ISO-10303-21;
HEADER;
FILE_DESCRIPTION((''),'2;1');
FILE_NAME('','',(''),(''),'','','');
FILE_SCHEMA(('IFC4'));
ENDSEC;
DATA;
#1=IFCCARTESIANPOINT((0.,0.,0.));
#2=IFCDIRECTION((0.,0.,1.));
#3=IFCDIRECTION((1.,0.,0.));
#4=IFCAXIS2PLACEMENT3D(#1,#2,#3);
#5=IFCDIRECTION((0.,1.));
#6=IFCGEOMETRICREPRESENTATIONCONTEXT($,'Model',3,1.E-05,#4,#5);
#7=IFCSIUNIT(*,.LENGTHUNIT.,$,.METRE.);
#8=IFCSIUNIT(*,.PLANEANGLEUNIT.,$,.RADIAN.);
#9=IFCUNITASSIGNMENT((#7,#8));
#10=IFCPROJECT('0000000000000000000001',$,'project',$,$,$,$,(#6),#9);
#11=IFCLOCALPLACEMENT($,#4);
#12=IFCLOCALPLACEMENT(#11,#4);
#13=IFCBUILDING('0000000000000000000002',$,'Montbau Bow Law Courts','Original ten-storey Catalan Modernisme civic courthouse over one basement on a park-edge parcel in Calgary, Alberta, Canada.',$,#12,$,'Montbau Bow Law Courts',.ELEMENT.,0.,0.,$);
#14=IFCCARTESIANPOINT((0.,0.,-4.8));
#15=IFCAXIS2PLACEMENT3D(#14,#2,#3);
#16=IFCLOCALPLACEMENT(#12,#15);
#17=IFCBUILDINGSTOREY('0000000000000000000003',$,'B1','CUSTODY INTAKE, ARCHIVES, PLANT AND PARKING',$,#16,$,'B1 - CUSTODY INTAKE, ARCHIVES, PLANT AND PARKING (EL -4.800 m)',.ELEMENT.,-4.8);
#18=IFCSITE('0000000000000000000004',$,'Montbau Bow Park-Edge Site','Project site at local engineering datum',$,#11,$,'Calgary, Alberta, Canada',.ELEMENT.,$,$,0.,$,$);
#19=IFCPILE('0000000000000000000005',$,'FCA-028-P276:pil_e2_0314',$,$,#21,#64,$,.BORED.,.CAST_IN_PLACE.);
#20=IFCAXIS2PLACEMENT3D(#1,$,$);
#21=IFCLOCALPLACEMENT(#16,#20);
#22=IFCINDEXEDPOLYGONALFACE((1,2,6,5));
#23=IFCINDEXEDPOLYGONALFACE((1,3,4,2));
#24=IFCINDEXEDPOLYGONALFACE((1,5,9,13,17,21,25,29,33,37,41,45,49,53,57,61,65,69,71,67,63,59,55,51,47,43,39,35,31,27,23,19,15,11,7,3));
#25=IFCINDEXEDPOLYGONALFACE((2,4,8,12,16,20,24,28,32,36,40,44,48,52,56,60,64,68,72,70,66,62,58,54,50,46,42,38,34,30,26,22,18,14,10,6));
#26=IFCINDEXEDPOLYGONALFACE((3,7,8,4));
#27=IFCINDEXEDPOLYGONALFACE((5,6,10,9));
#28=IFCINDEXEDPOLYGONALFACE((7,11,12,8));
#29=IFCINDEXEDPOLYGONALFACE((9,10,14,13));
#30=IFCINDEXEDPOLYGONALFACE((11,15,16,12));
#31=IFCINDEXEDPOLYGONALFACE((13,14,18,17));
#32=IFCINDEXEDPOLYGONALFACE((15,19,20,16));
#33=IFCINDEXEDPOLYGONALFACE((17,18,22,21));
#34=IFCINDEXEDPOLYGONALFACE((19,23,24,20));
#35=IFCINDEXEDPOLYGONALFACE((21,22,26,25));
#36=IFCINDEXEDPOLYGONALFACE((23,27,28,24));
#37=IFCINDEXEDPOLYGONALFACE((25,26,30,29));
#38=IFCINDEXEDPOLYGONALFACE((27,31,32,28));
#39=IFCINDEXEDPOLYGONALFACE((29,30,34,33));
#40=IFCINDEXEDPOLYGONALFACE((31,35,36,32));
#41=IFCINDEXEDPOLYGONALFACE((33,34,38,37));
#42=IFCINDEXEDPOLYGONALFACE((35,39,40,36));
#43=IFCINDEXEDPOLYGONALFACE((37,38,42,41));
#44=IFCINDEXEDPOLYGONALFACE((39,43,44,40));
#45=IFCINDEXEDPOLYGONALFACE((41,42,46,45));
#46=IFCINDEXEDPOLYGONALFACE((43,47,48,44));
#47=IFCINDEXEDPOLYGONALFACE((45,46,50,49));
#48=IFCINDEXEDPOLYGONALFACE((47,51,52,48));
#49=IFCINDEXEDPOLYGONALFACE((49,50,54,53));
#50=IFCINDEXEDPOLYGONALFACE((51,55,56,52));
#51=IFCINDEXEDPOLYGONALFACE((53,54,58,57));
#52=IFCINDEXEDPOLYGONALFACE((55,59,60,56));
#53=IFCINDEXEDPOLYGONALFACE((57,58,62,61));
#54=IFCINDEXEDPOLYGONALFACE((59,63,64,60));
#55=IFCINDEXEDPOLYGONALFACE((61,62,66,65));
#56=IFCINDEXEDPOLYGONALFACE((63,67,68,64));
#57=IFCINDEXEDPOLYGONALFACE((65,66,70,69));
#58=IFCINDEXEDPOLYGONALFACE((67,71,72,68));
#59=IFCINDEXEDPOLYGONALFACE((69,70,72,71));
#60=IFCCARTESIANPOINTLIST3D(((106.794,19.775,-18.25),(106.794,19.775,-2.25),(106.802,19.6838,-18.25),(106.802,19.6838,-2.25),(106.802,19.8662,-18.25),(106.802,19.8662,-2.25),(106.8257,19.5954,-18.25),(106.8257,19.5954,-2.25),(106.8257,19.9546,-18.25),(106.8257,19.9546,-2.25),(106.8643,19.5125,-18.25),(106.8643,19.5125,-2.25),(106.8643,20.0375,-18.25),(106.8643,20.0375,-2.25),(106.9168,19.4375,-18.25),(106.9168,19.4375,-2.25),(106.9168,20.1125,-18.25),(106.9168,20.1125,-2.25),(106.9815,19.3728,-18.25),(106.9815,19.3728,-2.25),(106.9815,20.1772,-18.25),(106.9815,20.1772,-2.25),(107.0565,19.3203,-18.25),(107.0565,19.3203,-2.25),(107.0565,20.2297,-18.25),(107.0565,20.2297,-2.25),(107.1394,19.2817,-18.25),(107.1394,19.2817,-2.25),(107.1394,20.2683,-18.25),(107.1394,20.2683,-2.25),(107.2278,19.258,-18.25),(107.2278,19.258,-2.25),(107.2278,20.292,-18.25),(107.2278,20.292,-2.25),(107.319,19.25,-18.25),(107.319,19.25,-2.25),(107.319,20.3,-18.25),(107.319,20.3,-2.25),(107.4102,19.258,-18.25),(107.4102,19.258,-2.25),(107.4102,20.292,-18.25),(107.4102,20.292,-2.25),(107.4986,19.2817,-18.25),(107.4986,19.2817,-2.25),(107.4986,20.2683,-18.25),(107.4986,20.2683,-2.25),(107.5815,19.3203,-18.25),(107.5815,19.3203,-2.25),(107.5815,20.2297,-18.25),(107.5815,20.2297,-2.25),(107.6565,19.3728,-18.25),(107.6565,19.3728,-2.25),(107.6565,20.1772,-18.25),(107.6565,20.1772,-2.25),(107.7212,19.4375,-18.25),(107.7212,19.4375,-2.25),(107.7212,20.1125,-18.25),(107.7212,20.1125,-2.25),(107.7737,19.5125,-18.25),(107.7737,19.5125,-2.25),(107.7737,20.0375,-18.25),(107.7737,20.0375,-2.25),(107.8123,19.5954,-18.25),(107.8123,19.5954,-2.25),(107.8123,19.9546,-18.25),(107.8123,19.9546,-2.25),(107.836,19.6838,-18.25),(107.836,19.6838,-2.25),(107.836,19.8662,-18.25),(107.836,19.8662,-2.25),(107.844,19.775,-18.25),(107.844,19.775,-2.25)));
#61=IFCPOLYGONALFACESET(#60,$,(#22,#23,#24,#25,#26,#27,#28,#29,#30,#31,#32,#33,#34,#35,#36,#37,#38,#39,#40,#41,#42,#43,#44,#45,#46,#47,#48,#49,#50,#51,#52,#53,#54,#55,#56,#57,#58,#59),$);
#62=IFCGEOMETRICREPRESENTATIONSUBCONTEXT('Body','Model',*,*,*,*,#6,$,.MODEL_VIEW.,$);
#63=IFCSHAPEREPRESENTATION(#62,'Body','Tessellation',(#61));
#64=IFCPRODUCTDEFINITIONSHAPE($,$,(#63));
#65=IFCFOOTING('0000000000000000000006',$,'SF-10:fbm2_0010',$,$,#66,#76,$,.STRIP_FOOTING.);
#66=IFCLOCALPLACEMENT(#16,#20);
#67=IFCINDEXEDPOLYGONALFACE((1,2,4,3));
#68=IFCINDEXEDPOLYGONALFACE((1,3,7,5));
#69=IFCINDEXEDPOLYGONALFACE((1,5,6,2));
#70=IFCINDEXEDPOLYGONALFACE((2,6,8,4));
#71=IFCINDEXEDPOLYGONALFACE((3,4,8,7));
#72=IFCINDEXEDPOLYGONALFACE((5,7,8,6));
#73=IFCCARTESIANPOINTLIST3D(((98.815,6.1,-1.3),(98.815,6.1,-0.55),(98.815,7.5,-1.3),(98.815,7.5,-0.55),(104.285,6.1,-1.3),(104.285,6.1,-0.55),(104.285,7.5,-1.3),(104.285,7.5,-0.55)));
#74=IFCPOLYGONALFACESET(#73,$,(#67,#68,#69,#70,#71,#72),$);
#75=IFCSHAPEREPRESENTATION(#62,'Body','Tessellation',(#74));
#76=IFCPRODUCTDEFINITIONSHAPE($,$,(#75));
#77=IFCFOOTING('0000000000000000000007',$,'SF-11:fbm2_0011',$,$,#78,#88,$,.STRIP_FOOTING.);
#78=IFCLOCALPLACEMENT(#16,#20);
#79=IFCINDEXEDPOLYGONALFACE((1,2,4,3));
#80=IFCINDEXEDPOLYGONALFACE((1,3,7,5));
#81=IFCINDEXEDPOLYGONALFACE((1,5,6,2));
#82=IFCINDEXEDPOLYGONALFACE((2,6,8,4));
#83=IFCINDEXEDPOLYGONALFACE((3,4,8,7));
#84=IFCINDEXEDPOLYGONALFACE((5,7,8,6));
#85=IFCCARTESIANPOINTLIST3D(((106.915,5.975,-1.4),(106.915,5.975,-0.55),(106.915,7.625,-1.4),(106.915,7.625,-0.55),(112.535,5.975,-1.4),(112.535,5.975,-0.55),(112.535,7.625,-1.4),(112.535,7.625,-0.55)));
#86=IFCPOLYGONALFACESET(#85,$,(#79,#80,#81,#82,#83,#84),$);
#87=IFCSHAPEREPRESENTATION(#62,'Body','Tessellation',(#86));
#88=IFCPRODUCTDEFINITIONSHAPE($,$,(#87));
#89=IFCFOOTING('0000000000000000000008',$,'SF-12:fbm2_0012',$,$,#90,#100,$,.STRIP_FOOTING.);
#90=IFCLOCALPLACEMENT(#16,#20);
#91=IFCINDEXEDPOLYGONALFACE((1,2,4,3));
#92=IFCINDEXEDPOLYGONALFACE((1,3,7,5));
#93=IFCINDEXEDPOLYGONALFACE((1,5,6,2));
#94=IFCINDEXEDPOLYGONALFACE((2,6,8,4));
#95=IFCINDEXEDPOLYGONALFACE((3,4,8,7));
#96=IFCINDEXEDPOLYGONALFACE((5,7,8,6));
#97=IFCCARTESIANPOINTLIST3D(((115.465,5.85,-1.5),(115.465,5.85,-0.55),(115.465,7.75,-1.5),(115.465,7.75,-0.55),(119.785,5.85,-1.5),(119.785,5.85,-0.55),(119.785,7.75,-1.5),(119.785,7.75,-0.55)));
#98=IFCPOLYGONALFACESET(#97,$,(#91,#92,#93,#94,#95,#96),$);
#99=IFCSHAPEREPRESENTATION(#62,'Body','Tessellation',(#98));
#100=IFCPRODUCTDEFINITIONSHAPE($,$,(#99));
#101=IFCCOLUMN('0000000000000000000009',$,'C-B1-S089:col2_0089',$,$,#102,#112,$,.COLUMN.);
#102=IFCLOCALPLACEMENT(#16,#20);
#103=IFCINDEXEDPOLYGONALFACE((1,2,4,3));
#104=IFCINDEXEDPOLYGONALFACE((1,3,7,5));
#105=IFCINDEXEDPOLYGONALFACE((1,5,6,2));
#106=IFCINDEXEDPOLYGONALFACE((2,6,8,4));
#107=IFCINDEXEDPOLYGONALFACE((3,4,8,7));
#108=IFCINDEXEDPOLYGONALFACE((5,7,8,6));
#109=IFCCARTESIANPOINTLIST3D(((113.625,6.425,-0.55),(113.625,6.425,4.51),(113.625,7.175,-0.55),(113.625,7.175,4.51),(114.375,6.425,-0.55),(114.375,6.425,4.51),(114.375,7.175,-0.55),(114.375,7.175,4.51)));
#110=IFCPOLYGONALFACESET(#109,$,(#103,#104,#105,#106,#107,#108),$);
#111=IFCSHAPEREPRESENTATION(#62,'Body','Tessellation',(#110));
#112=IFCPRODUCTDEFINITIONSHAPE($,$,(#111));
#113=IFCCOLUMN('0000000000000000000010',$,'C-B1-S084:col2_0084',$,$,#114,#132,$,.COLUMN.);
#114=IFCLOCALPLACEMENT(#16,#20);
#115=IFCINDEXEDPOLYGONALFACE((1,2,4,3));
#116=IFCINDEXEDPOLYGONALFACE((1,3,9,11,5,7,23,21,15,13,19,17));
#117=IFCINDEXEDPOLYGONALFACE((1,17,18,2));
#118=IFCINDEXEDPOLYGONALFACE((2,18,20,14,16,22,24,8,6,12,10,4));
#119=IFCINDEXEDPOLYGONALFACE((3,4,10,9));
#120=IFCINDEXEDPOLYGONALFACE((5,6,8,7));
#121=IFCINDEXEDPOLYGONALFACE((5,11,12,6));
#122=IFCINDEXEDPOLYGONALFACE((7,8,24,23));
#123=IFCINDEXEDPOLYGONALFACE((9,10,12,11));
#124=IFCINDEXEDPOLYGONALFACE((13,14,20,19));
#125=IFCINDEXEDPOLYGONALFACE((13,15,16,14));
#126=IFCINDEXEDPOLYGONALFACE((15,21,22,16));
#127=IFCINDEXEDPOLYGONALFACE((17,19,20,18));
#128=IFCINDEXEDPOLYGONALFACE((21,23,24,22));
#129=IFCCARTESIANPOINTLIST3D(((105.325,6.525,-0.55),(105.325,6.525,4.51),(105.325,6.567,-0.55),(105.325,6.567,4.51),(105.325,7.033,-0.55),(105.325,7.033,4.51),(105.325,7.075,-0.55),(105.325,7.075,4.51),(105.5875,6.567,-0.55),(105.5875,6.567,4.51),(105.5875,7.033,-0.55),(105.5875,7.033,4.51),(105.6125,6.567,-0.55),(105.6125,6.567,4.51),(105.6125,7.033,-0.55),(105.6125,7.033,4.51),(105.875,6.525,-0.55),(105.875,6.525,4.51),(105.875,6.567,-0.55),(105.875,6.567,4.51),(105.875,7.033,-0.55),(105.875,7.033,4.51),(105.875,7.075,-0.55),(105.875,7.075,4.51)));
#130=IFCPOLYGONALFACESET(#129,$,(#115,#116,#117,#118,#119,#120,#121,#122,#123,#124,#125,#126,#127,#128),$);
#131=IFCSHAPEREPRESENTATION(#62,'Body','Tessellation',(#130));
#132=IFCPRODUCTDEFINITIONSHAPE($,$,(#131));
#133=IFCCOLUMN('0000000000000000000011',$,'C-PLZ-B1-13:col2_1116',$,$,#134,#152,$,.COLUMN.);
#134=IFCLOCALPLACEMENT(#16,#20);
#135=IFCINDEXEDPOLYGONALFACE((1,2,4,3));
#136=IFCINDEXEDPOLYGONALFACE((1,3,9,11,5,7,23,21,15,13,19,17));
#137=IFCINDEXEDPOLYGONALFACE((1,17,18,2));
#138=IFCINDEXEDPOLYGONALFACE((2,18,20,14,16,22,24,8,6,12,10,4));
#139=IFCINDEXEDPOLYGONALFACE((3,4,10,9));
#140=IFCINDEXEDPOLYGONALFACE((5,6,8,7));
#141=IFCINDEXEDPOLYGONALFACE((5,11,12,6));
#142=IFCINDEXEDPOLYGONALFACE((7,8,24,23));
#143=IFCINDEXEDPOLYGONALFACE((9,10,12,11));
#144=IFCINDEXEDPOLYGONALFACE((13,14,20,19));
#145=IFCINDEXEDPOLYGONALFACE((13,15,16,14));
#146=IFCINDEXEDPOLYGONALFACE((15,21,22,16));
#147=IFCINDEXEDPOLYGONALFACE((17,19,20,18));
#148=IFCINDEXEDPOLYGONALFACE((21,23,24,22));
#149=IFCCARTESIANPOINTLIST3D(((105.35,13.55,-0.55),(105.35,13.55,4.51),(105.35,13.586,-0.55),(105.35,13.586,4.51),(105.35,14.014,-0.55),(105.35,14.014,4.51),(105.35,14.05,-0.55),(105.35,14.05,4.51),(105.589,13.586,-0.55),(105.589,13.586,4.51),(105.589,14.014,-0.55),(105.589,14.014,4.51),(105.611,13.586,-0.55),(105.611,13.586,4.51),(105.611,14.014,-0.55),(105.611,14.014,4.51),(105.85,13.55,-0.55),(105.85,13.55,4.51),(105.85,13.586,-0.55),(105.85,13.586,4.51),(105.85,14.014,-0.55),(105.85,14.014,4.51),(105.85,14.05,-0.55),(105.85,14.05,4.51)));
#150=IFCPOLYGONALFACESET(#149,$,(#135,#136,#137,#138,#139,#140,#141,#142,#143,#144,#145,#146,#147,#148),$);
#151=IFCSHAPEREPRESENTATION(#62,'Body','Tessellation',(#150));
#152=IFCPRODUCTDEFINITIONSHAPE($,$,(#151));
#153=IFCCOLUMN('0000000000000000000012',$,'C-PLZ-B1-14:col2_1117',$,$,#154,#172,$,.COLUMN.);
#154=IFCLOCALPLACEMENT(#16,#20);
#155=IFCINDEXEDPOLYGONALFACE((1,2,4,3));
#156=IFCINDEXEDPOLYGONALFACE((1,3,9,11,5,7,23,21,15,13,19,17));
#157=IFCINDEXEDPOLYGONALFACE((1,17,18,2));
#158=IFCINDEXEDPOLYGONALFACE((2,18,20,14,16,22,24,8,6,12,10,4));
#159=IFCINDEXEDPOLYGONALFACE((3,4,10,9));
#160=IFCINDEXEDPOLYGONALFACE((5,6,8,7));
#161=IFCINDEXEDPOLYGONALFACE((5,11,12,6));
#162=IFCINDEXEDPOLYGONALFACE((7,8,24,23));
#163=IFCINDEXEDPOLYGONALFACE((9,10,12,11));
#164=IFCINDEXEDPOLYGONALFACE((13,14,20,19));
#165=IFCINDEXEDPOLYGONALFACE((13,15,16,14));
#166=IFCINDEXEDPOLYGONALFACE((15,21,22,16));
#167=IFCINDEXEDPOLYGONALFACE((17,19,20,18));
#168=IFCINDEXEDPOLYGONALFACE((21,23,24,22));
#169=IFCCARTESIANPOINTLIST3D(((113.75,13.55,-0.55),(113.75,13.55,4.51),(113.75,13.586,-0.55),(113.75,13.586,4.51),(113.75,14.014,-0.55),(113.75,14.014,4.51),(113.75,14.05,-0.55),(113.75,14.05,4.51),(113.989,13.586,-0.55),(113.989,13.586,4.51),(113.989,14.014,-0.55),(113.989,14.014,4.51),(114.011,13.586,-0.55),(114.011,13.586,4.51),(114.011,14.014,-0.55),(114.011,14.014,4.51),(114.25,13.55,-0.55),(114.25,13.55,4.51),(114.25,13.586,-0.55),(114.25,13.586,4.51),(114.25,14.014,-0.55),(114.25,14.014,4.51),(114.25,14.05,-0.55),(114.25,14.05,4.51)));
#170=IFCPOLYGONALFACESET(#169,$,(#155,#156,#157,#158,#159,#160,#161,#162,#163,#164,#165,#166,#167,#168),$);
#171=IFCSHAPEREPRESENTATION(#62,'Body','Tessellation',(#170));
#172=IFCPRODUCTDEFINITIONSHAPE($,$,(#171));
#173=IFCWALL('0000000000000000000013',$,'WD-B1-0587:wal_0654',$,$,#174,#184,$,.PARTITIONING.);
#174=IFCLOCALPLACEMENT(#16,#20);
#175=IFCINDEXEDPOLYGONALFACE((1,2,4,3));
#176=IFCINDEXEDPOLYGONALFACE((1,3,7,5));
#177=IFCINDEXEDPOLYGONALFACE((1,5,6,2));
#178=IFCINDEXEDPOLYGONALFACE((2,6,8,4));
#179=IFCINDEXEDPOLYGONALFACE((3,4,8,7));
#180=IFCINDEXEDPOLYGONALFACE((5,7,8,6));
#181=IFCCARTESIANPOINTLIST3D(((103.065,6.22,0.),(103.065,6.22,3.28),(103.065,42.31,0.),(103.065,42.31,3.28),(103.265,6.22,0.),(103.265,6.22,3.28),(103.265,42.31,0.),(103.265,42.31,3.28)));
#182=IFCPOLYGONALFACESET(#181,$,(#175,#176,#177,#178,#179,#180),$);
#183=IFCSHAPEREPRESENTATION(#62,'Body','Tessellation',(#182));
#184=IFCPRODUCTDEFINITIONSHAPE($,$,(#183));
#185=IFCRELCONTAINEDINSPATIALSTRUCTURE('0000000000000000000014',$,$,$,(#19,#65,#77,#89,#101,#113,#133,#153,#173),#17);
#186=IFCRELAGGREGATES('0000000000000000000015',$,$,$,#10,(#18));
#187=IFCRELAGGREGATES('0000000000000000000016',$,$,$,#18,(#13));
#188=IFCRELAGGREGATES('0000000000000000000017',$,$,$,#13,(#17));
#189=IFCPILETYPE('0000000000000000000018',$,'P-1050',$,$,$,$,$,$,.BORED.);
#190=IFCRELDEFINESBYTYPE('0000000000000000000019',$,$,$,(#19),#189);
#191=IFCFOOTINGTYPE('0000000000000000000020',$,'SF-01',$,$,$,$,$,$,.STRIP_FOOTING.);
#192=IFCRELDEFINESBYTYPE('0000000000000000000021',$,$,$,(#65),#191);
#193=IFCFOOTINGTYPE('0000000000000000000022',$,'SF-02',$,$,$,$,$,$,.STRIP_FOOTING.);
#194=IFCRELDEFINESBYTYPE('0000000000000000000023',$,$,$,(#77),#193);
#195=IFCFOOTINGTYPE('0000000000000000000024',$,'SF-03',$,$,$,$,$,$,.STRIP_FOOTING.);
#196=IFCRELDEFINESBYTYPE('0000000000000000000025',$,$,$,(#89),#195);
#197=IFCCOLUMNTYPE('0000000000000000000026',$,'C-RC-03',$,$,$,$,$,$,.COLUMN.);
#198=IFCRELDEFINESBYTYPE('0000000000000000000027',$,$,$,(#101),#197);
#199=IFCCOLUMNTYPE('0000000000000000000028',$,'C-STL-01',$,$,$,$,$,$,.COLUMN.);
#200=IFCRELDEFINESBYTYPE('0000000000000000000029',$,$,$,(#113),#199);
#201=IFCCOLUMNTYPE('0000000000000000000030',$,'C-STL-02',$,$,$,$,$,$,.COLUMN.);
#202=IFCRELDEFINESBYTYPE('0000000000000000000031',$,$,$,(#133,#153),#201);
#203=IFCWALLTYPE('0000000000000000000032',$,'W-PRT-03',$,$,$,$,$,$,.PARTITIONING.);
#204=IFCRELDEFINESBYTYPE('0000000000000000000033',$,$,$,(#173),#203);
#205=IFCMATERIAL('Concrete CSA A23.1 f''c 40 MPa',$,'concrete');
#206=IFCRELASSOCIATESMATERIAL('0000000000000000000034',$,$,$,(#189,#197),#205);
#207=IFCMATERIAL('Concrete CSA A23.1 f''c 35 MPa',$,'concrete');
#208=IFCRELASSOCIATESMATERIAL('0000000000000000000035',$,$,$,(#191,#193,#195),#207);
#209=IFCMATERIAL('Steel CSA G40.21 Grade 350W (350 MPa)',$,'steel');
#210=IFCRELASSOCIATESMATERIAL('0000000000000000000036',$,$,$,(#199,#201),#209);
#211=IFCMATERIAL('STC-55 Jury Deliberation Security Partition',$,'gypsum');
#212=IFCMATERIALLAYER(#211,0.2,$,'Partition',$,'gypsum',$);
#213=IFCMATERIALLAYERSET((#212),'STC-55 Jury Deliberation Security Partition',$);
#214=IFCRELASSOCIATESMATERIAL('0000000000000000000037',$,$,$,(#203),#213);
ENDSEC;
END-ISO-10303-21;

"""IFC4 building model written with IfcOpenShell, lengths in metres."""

from ifc_helpers import new_model, si_unit, direction, frame, frame_2d, origin_with_axes, origin_2d_with_axis, place, context, subcontext, project, spatial, rectangle, circle, i_section, extrude, material, layer, layer_set, material_profile, profile_set, type_object, element, save


model = new_model("IFC4")

# Units and contexts
model_context = context("Model", 3, precision=1e-05, world=origin_with_axes(), true_north=direction((0.0, 1.0)))
body_context = subcontext(model_context, "Body", "Model", "MODEL_VIEW")
ifc_project = project(units=[si_unit("LENGTHUNIT", "METRE"), si_unit("PLANEANGLEUNIT", "RADIAN")], contexts=[model_context])

# Site, building, storey
site_placement = place(None, origin_with_axes())
site = spatial("IfcSite", under=ifc_project, at=site_placement, Name="Montbau Bow Park-Edge Site", Description="Project site at local engineering datum", LongName="Calgary, Alberta, Canada", CompositionType="ELEMENT", RefElevation=0.0)
building_placement = place(site_placement, origin_with_axes())
building = spatial("IfcBuilding", under=site, at=building_placement, Name="Montbau Bow Law Courts", Description="Original ten-storey Catalan Modernisme civic courthouse over one basement on a park-edge parcel in Calgary, Alberta, Canada.", LongName="Montbau Bow Law Courts", CompositionType="ELEMENT", ElevationOfRefHeight=0.0, ElevationOfTerrain=0.0)
storey_placement = place(building_placement, frame((0.0, 0.0, -4.8), z_axis=(0.0, 0.0, 1.0), x_axis=(1.0, 0.0, 0.0)))
storey = spatial("IfcBuildingStorey", under=building, at=storey_placement, Name="B1", Description="CUSTODY INTAKE, ARCHIVES, PLANT AND PARKING", LongName="B1 - CUSTODY INTAKE, ARCHIVES, PLANT AND PARKING (EL -4.800 m)", CompositionType="ELEMENT", Elevation=-4.8)

# Shared definitions
ifc_material_1 = material(Name="Concrete CSA A23.1 f'c 35 MPa", Category="concrete")

# Pile
ifc_material_2 = material(Name="Concrete CSA A23.1 f'c 40 MPa", Category="concrete")
ifc_material_profile_1 = material_profile(ifc_material_2, circle(Radius=0.525, at=origin_2d_with_axis()), Name="BP1050", Category="Main", Priority=0)
ifc_profile_set_1 = profile_set([ifc_material_profile_1], Name="Concrete CSA A23.1 f'c 40 MPa")
pile_type_1 = type_object("IfcPileType", Name="P-1050", PredefinedType="BORED", material=ifc_profile_set_1)
for number, where, z_axis, x_axis, name in (
    (1, (107.319, 19.775, -23.05), (0.0, 0.0, 1.0), (1.0, 0.0, 0.0), "FCA-028-P276:pil_e2_0314"),
):
    element("IfcPile", number, at=place(None, frame(where, z_axis=z_axis, x_axis=x_axis)), inside=storey, type_object=pile_type_1, Name=name, ConstructionType="CAST_IN_PLACE", PredefinedType="BORED", context=body_context, shape_type="SweptSolid", body=[
        extrude(circle(Radius=0.525, at=origin_2d_with_axis()), origin_with_axes(), (0.0, 0.0, 1.0), 16.0),
    ])

# Footings
footing_type_1 = type_object("IfcFootingType", Name="SF-01", PredefinedType="STRIP_FOOTING", material=ifc_material_1)
footing_1_placement = place(None, frame((101.55, 6.8, -6.1), z_axis=(0.0, 0.0, 1.0), x_axis=(1.0, 0.0, 0.0)))
element("IfcFooting", 2, at=footing_1_placement, inside=storey, type_object=footing_type_1, Name="SF-10:fbm2_0010", PredefinedType="STRIP_FOOTING", context=body_context, shape_type="SweptSolid", body=[
    extrude(rectangle(XDim=5.47, YDim=1.4, at=origin_2d_with_axis()), origin_with_axes(), (0.0, 0.0, 1.0), 0.75),
])
footing_type_2 = type_object("IfcFootingType", Name="SF-02", PredefinedType="STRIP_FOOTING", material=ifc_material_1)
footing_2_placement = place(None, frame((109.725, 6.8, -6.2), z_axis=(0.0, 0.0, 1.0), x_axis=(1.0, 0.0, 0.0)))
element("IfcFooting", 3, at=footing_2_placement, inside=storey, type_object=footing_type_2, Name="SF-11:fbm2_0011", PredefinedType="STRIP_FOOTING", context=body_context, shape_type="SweptSolid", body=[
    extrude(rectangle(XDim=5.62, YDim=1.65, at=origin_2d_with_axis()), origin_with_axes(), (0.0, 0.0, 1.0), 0.85),
])
footing_type_3 = type_object("IfcFootingType", Name="SF-03", PredefinedType="STRIP_FOOTING", material=ifc_material_1)
footing_3_placement = place(None, frame((117.625, 6.8, -6.3), z_axis=(0.0, 0.0, 1.0), x_axis=(1.0, 0.0, 0.0)))
element("IfcFooting", 4, at=footing_3_placement, inside=storey, type_object=footing_type_3, Name="SF-12:fbm2_0012", PredefinedType="STRIP_FOOTING", context=body_context, shape_type="SweptSolid", body=[
    extrude(rectangle(XDim=4.32, YDim=1.9, at=origin_2d_with_axis()), origin_with_axes(), (0.0, 0.0, 1.0), 0.95),
])

# Columns
ifc_material_profile_2 = material_profile(ifc_material_2, rectangle(XDim=0.75, YDim=0.75, at=origin_2d_with_axis()), Name="RC750X750", Category="Main", Priority=0)
ifc_profile_set_2 = profile_set([ifc_material_profile_2], Name="Concrete CSA A23.1 f'c 40 MPa")
column_type_1 = type_object("IfcColumnType", Name="C-RC-03", PredefinedType="COLUMN", material=ifc_profile_set_2)
column_1_placement = place(None, frame((114.0, 6.8, -5.35), z_axis=(0.0, 0.0, 1.0), x_axis=(1.0, 0.0, 0.0)))
element("IfcColumn", 5, at=column_1_placement, inside=storey, type_object=column_type_1, Name="C-B1-S089:col2_0089", PredefinedType="COLUMN", context=body_context, shape_type="SweptSolid", body=[
    extrude(rectangle(XDim=0.75, YDim=0.75, at=origin_2d_with_axis()), origin_with_axes(), (0.0, 0.0, 1.0), 5.06),
])
ifc_material_3 = material(Name="Steel CSA G40.21 Grade 350W (350 MPa)", Category="steel")
ifc_material_profile_3 = material_profile(ifc_material_3, i_section(OverallWidth=0.55, OverallDepth=0.55, WebThickness=0.025, FlangeThickness=0.042, at=origin_2d_with_axis()), Name="WWF550X420", Category="Main", Priority=0)
ifc_profile_set_3 = profile_set([ifc_material_profile_3], Name="Steel CSA G40.21 Grade 350W (350 MPa)")
column_type_2 = type_object("IfcColumnType", Name="C-STL-01", PredefinedType="COLUMN", material=ifc_profile_set_3)
column_2_placement = place(None, frame((105.6, 6.8, -5.35), z_axis=(0.0, 0.0, 1.0), x_axis=(1.0, 0.0, 0.0)))
element("IfcColumn", 6, at=column_2_placement, inside=storey, type_object=column_type_2, Name="C-B1-S084:col2_0084", PredefinedType="COLUMN", context=body_context, shape_type="SweptSolid", body=[
    extrude(i_section(OverallWidth=0.55, OverallDepth=0.55, WebThickness=0.025, FlangeThickness=0.042, at=origin_2d_with_axis()), origin_with_axes(), (0.0, 0.0, 1.0), 5.06),
])
ifc_material_profile_4 = material_profile(ifc_material_3, i_section(OverallWidth=0.5, OverallDepth=0.5, WebThickness=0.022, FlangeThickness=0.036, at=origin_2d_with_axis()), Name="WWF500X343", Category="Main", Priority=0)
ifc_profile_set_4 = profile_set([ifc_material_profile_4], Name="Steel CSA G40.21 Grade 350W (350 MPa)")
column_type_3 = type_object("IfcColumnType", Name="C-STL-02", PredefinedType="COLUMN", material=ifc_profile_set_4)
for number, where, z_axis, x_axis, name in (
    (7, (105.6, 13.8, -5.35), (0.0, 0.0, 1.0), (1.0, 0.0, 0.0), "C-PLZ-B1-13:col2_1116"),
    (8, (114.0, 13.8, -5.35), (0.0, 0.0, 1.0), (1.0, 0.0, 0.0), "C-PLZ-B1-14:col2_1117"),
):
    element("IfcColumn", number, at=place(None, frame(where, z_axis=z_axis, x_axis=x_axis)), inside=storey, type_object=column_type_3, Name=name, PredefinedType="COLUMN", context=body_context, shape_type="SweptSolid", body=[
        extrude(i_section(OverallWidth=0.5, OverallDepth=0.5, WebThickness=0.022, FlangeThickness=0.036, at=origin_2d_with_axis()), origin_with_axes(), (0.0, 0.0, 1.0), 5.06),
    ])

# Wall
ifc_material_4 = material(Name="STC-55 Jury Deliberation Security Partition", Category="gypsum")
ifc_layer = layer(ifc_material_4, 0.2, Name="Partition", Category="gypsum")
ifc_layer_set = layer_set([ifc_layer], Name="STC-55 Jury Deliberation Security Partition")
wall_type = type_object("IfcWallType", Name="W-PRT-03", PredefinedType="PARTITIONING", material=ifc_layer_set)
wall_placement = place(None, frame((103.165, 6.22, -4.8), z_axis=(0.0, 0.0, 1.0), x_axis=(0.0, 1.0, 0.0)))
element("IfcWall", 9, at=wall_placement, inside=storey, type_object=wall_type, Name="WD-B1-0587:wal_0654", PredefinedType="PARTITIONING", context=body_context, shape_type="SweptSolid", body=[
    extrude(rectangle(XDim=36.09, YDim=0.2, at=frame_2d((18.045, 0.0), x_axis=(1.0, 0.0))), origin_with_axes(), (0.0, 0.0, 1.0), 3.28),
])

save(model, "model.ifc")
